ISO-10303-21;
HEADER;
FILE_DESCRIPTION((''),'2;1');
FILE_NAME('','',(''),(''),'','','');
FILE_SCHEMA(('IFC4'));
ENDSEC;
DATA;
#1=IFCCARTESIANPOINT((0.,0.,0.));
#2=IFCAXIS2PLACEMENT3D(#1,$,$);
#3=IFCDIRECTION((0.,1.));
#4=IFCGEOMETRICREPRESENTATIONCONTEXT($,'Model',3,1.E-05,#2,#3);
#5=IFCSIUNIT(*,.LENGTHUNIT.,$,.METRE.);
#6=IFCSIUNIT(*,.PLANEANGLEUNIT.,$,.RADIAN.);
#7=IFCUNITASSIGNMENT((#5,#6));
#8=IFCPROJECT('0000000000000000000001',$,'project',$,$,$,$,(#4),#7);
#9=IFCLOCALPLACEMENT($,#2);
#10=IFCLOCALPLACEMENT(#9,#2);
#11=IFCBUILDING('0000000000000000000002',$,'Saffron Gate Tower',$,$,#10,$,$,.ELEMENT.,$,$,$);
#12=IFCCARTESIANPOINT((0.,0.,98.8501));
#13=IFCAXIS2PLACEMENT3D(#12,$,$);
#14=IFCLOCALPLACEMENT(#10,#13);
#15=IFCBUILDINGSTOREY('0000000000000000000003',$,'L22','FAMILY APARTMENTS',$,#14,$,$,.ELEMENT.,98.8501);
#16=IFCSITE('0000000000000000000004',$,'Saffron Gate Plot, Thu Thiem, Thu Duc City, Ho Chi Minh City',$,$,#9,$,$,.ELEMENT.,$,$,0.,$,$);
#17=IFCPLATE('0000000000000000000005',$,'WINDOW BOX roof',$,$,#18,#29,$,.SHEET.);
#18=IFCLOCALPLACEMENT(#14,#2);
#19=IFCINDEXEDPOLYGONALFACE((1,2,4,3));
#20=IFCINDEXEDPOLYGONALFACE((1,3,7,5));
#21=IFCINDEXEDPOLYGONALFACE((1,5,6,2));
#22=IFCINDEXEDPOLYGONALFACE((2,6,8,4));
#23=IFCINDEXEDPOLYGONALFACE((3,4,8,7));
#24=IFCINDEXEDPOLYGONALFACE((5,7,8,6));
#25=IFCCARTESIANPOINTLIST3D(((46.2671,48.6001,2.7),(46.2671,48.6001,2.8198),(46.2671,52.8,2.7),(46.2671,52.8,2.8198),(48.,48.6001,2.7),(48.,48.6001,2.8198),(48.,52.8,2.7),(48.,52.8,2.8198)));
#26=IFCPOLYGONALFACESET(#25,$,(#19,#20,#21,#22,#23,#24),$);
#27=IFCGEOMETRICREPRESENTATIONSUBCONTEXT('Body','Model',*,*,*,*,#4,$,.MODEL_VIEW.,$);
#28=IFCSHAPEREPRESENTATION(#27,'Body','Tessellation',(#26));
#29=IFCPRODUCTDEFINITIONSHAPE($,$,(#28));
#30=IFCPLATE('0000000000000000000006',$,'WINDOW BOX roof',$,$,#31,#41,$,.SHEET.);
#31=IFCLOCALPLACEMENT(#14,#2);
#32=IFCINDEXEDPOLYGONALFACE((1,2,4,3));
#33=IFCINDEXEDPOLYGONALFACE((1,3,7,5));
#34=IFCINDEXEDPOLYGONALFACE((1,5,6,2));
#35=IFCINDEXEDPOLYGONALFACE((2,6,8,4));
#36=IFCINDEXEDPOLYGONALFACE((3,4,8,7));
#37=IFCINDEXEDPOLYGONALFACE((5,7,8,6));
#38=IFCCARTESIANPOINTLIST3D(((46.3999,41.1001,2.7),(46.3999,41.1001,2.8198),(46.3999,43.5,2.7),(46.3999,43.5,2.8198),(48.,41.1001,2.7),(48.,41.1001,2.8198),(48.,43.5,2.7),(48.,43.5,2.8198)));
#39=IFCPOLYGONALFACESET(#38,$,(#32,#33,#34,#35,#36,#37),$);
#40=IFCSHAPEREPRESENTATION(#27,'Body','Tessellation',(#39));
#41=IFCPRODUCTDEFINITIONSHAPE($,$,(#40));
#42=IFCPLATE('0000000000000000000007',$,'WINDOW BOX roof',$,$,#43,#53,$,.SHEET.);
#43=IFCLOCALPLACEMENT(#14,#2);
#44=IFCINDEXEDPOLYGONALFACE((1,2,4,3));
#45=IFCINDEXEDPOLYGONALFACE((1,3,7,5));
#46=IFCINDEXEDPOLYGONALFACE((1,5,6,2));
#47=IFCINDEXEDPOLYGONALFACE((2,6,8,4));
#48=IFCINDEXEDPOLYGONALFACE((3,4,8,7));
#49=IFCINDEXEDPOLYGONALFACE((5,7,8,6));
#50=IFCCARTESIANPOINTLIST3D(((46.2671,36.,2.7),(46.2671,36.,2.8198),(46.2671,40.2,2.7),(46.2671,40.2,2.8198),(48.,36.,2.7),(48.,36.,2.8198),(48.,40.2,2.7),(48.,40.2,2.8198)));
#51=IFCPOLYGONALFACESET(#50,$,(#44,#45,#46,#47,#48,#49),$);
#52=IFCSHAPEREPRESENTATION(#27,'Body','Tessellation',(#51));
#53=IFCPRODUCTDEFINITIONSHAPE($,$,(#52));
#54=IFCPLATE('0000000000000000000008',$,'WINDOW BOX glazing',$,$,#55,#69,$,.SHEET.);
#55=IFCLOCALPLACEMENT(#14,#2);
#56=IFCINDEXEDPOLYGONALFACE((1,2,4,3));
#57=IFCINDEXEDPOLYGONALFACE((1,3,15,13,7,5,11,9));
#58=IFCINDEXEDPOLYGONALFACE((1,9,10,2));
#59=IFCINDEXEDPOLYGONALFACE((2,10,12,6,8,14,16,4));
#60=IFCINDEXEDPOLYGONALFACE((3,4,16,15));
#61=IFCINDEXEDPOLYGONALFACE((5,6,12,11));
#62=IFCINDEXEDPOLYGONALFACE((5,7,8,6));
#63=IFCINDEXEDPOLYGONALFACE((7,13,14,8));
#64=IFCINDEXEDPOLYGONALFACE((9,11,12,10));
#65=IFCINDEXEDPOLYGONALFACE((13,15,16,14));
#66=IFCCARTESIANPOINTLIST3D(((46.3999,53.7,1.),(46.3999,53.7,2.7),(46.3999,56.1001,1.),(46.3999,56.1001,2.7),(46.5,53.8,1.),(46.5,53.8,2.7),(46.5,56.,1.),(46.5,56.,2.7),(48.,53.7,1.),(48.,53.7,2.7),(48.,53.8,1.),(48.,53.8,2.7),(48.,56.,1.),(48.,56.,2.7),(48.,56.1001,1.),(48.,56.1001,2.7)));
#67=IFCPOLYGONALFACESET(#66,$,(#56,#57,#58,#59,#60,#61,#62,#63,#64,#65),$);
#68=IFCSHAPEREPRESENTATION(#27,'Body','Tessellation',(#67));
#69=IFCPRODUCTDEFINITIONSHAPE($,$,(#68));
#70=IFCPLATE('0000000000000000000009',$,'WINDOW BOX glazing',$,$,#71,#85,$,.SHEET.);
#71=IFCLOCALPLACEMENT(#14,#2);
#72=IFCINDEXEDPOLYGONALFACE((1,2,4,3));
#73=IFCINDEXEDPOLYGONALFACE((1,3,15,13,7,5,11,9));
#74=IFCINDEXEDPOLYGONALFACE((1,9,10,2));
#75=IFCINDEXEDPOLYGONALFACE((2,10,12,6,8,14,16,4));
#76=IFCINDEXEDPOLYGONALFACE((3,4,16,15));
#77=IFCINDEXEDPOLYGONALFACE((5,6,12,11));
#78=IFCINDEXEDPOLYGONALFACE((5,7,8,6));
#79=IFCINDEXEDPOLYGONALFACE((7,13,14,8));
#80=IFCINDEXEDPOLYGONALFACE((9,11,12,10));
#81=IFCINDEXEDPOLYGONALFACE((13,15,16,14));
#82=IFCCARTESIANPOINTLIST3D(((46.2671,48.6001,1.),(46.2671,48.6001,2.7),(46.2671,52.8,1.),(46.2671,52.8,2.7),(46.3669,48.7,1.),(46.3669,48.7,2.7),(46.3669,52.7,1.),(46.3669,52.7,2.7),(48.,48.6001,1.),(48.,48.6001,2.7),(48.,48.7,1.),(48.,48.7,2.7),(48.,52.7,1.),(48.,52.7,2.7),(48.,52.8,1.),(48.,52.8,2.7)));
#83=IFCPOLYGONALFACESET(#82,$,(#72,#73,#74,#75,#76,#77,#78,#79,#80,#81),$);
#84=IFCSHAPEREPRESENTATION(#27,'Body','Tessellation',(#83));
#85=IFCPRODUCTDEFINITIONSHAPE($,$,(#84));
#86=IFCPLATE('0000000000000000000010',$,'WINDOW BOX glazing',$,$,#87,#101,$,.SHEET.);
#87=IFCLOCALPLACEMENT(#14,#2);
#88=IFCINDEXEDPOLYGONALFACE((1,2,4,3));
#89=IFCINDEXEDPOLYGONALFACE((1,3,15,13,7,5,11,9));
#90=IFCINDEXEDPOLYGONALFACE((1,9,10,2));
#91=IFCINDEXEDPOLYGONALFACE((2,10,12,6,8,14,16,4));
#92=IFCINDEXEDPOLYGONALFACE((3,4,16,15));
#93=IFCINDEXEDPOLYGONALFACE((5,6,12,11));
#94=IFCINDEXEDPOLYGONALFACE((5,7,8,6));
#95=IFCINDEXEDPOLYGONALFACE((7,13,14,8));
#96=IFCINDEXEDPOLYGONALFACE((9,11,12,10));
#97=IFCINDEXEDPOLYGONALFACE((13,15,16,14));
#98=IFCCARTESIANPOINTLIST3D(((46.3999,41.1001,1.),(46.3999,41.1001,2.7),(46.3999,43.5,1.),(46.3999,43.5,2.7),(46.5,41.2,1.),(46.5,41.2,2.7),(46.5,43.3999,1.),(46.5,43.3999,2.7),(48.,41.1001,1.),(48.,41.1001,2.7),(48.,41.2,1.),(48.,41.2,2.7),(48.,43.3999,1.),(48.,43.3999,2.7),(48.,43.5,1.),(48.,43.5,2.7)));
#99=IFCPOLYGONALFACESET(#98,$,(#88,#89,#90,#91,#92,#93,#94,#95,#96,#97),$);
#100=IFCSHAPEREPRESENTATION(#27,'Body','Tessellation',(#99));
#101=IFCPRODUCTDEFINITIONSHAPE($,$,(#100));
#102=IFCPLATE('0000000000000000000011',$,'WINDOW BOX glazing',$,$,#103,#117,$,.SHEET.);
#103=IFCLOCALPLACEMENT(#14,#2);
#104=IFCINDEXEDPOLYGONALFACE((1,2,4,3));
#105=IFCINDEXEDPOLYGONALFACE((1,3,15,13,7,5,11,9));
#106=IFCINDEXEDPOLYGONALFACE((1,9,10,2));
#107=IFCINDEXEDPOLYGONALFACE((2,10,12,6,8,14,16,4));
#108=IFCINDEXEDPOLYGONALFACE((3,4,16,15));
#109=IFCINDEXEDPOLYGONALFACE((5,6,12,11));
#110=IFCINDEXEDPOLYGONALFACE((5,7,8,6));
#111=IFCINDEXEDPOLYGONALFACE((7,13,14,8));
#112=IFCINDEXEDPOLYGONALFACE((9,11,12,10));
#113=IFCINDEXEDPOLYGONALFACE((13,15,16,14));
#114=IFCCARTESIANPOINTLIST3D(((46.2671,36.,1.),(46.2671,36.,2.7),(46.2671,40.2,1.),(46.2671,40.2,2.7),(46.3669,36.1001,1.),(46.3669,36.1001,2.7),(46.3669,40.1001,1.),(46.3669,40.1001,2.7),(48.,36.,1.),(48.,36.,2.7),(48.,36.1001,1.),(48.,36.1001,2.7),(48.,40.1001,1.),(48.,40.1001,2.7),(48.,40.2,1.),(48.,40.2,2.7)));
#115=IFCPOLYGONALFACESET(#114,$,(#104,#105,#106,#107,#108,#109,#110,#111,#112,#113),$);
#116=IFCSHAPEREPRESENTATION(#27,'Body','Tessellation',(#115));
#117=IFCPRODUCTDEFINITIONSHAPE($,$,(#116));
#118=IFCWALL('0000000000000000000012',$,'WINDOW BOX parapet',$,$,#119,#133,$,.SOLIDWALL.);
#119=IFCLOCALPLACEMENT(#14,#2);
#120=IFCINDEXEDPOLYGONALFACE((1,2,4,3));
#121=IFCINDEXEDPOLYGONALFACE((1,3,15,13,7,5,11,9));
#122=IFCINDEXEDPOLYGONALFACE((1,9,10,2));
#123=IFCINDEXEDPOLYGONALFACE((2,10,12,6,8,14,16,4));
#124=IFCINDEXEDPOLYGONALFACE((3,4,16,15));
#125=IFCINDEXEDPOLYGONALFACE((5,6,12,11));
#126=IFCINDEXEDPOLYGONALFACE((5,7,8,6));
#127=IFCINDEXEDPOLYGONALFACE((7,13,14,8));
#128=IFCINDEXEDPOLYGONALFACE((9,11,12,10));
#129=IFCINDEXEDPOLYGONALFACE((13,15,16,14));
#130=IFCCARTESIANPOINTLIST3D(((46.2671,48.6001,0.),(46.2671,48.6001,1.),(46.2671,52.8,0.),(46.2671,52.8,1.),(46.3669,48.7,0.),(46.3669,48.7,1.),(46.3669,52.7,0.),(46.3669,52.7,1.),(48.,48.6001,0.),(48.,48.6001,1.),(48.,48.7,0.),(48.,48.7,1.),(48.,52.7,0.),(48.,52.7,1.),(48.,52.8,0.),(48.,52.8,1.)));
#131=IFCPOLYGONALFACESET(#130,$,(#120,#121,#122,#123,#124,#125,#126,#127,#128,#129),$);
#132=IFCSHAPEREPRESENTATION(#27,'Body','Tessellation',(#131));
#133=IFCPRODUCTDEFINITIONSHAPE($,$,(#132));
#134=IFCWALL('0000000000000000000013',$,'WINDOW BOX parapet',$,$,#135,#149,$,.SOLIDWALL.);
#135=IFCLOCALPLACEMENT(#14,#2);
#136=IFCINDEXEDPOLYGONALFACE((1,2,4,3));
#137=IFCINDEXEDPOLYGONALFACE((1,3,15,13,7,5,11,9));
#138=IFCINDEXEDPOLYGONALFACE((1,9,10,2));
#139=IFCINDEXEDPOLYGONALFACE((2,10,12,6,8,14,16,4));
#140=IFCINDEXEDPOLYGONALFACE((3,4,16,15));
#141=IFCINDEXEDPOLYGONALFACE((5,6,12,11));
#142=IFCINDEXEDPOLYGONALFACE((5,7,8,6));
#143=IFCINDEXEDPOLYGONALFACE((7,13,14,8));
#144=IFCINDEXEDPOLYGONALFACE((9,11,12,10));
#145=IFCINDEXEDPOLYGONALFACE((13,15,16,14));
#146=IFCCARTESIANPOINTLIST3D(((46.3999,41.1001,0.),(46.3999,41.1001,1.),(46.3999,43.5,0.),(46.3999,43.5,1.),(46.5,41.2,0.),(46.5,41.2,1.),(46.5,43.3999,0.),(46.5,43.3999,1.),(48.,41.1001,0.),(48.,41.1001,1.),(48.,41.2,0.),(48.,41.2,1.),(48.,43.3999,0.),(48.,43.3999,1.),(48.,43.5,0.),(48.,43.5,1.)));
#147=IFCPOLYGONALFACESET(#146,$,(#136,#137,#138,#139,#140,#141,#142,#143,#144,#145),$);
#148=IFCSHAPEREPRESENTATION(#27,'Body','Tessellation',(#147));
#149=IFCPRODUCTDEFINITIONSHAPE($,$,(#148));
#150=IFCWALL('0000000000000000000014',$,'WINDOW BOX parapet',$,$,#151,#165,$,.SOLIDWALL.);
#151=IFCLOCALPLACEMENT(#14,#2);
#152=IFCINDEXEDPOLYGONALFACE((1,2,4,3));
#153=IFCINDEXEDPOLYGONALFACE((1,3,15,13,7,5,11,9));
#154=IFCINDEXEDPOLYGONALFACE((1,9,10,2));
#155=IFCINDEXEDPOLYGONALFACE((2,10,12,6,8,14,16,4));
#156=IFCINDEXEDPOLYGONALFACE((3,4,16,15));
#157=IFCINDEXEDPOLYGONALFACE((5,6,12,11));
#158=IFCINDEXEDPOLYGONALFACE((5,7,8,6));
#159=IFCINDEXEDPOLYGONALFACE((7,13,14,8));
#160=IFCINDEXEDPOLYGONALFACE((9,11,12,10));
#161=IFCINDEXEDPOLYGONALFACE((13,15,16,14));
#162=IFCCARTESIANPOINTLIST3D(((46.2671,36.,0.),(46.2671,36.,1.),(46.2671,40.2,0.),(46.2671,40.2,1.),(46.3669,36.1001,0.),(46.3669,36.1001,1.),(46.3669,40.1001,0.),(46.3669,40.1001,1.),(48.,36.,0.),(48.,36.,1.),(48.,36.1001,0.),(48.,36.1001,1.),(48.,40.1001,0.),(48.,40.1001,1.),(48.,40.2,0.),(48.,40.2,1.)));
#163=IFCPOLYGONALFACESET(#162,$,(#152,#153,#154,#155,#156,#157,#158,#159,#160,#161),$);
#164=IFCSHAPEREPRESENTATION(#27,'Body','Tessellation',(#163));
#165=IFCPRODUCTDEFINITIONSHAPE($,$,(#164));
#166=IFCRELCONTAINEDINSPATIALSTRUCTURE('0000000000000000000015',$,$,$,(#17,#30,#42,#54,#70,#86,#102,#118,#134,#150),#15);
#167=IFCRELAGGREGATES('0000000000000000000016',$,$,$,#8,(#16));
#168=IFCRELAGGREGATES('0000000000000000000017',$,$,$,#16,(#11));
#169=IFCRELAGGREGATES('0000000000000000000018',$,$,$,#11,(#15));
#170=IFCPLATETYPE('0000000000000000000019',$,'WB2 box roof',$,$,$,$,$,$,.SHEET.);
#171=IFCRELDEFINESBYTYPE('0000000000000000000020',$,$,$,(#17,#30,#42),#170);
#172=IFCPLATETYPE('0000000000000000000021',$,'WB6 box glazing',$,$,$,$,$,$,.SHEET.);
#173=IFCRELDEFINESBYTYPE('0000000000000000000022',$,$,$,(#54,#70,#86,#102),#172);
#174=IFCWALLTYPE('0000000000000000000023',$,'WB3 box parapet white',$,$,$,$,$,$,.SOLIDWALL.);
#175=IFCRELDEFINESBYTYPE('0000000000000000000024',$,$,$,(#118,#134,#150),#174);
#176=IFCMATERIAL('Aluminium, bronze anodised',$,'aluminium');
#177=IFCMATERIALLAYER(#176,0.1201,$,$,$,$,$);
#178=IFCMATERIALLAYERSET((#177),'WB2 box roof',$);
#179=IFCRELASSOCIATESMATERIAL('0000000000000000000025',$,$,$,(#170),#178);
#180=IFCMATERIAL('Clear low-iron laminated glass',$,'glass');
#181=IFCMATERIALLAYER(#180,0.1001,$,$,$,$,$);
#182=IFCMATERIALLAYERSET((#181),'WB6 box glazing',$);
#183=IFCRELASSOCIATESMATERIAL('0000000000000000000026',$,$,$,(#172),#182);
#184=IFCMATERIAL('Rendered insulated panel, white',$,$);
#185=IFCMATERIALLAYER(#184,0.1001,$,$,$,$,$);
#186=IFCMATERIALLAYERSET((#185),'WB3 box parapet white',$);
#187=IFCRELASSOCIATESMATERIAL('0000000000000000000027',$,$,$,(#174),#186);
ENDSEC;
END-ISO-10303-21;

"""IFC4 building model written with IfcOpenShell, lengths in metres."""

from ifc_helpers import new_model, si_unit, direction, frame, origin, place, context, subcontext, project, spatial, polyline, outline, extrude, material, layer, layer_set, type_object, element, save


model = new_model("IFC4")

# Units and contexts
model_context = context("Model", 3, precision=1e-05, world=origin(), true_north=direction((0.0, 1.0)))
body_context = subcontext(model_context, "Body", "Model", "MODEL_VIEW")
ifc_project = project(units=[si_unit("LENGTHUNIT", "METRE"), si_unit("PLANEANGLEUNIT", "RADIAN")], contexts=[model_context])

# Site, building, storey
site_placement = place(None, origin())
site = spatial("IfcSite", under=ifc_project, at=site_placement, Name="Saffron Gate Plot, Thu Thiem, Thu Duc City, Ho Chi Minh City", CompositionType="ELEMENT", RefElevation=0.0)
building_placement = place(site_placement, origin())
building = spatial("IfcBuilding", under=site, at=building_placement, Name="Saffron Gate Tower", CompositionType="ELEMENT")
storey_placement = place(building_placement, frame((0.0, 0.0, 98.8501)))
storey = spatial("IfcBuildingStorey", under=building, at=storey_placement, Name="L22", Description="FAMILY APARTMENTS", CompositionType="ELEMENT", Elevation=98.8501)

# Shared definitions
ifc_material_1 = material(Name="Aluminium, bronze anodised", Category="aluminium")

# Plates
ifc_layer_1 = layer(ifc_material_1, 0.1201)
ifc_layer_set_1 = layer_set([ifc_layer_1], Name="WB2 box roof")
plate_type_1 = type_object("IfcPlateType", Name="WB2 box roof", PredefinedType="SHEET", material=ifc_layer_set_1)
plate_1_placement = place(storey_placement, frame((0.0, 0.0, 2.7)))
element("IfcPlate", 1, at=plate_1_placement, inside=storey, type_object=plate_type_1, Name="WINDOW BOX roof", PredefinedType="SHEET", context=body_context, shape_type="SweptSolid", body=[
    extrude(outline(polyline([(48.0, 52.8), (48.0, 48.6001), (46.2671, 48.6001), (46.2671, 52.8), (48.0, 52.8)])), origin(), (0.0, 0.0, 1.0), 0.1199),
])
plate_2_placement = place(storey_placement, frame((0.0, 0.0, 2.7)))
element("IfcPlate", 2, at=plate_2_placement, inside=storey, type_object=plate_type_1, Name="WINDOW BOX roof", PredefinedType="SHEET", context=body_context, shape_type="SweptSolid", body=[
    extrude(outline(polyline([(48.0, 43.5), (48.0, 41.1001), (46.3999, 41.1001), (46.3999, 43.5), (48.0, 43.5)])), origin(), (0.0, 0.0, 1.0), 0.1199),
])
plate_3_placement = place(storey_placement, frame((0.0, 0.0, 2.7)))
element("IfcPlate", 3, at=plate_3_placement, inside=storey, type_object=plate_type_1, Name="WINDOW BOX roof", PredefinedType="SHEET", context=body_context, shape_type="SweptSolid", body=[
    extrude(outline(polyline([(48.0, 40.2), (48.0, 36.0), (46.2671, 36.0), (46.2671, 40.2), (48.0, 40.2)])), origin(), (0.0, 0.0, 1.0), 0.1199),
])
ifc_material_2 = material(Name="Clear low-iron laminated glass", Category="glass")
ifc_layer_2 = layer(ifc_material_2, 0.1001)
ifc_layer_set_2 = layer_set([ifc_layer_2], Name="WB6 box glazing")
plate_type_2 = type_object("IfcPlateType", Name="WB6 box glazing", PredefinedType="SHEET", material=ifc_layer_set_2)
plate_4_placement = place(storey_placement, frame((0.0, 0.0, 1.0)))
element("IfcPlate", 4, at=plate_4_placement, inside=storey, type_object=plate_type_2, Name="WINDOW BOX glazing", PredefinedType="SHEET", context=body_context, shape_type="SweptSolid", body=[
    extrude(outline(polyline([(48.0, 56.1001), (48.0, 56.0), (46.5, 56.0), (46.5, 53.8), (48.0, 53.8), (48.0, 53.7), (46.3999, 53.7), (46.3999, 56.1001), (48.0, 56.1001)])), origin(), (0.0, 0.0, 1.0), 1.7),
])
plate_5_placement = place(storey_placement, frame((0.0, 0.0, 1.0)))
element("IfcPlate", 5, at=plate_5_placement, inside=storey, type_object=plate_type_2, Name="WINDOW BOX glazing", PredefinedType="SHEET", context=body_context, shape_type="SweptSolid", body=[
    extrude(outline(polyline([(48.0, 52.8), (48.0, 52.7), (46.3669, 52.7), (46.3669, 48.7), (48.0, 48.7), (48.0, 48.6001), (46.2671, 48.6001), (46.2671, 52.8), (48.0, 52.8)])), origin(), (0.0, 0.0, 1.0), 1.7),
])
plate_6_placement = place(storey_placement, frame((0.0, 0.0, 1.0)))
element("IfcPlate", 6, at=plate_6_placement, inside=storey, type_object=plate_type_2, Name="WINDOW BOX glazing", PredefinedType="SHEET", context=body_context, shape_type="SweptSolid", body=[
    extrude(outline(polyline([(48.0, 43.5), (48.0, 43.3999), (46.5, 43.3999), (46.5, 41.2), (48.0, 41.2), (48.0, 41.1001), (46.3999, 41.1001), (46.3999, 43.5), (48.0, 43.5)])), origin(), (0.0, 0.0, 1.0), 1.7),
])
plate_7_placement = place(storey_placement, frame((0.0, 0.0, 1.0)))
element("IfcPlate", 7, at=plate_7_placement, inside=storey, type_object=plate_type_2, Name="WINDOW BOX glazing", PredefinedType="SHEET", context=body_context, shape_type="SweptSolid", body=[
    extrude(outline(polyline([(48.0, 40.2), (48.0, 40.1001), (46.3669, 40.1001), (46.3669, 36.1001), (48.0, 36.1001), (48.0, 36.0), (46.2671, 36.0), (46.2671, 40.2), (48.0, 40.2)])), origin(), (0.0, 0.0, 1.0), 1.7),
])

# Walls
ifc_material_3 = material(Name="Rendered insulated panel, white")
ifc_layer_3 = layer(ifc_material_3, 0.1001)
ifc_layer_set_3 = layer_set([ifc_layer_3], Name="WB3 box parapet white")
wall_type = type_object("IfcWallType", Name="WB3 box parapet white", PredefinedType="SOLIDWALL", material=ifc_layer_set_3)
wall_1_placement = place(storey_placement, origin())
element("IfcWall", 8, at=wall_1_placement, inside=storey, type_object=wall_type, Name="WINDOW BOX parapet", PredefinedType="SOLIDWALL", context=body_context, shape_type="SweptSolid", body=[
    extrude(outline(polyline([(48.0, 52.8), (48.0, 52.7), (46.3669, 52.7), (46.3669, 48.7), (48.0, 48.7), (48.0, 48.6001), (46.2671, 48.6001), (46.2671, 52.8), (48.0, 52.8)])), origin(), (0.0, 0.0, 1.0), 1.0),
])
wall_2_placement = place(storey_placement, origin())
element("IfcWall", 9, at=wall_2_placement, inside=storey, type_object=wall_type, Name="WINDOW BOX parapet", PredefinedType="SOLIDWALL", context=body_context, shape_type="SweptSolid", body=[
    extrude(outline(polyline([(48.0, 43.5), (48.0, 43.3999), (46.5, 43.3999), (46.5, 41.2), (48.0, 41.2), (48.0, 41.1001), (46.3999, 41.1001), (46.3999, 43.5), (48.0, 43.5)])), origin(), (0.0, 0.0, 1.0), 1.0),
])
wall_3_placement = place(storey_placement, origin())
element("IfcWall", 10, at=wall_3_placement, inside=storey, type_object=wall_type, Name="WINDOW BOX parapet", PredefinedType="SOLIDWALL", context=body_context, shape_type="SweptSolid", body=[
    extrude(outline(polyline([(48.0, 40.2), (48.0, 40.1001), (46.3669, 40.1001), (46.3669, 36.1001), (48.0, 36.1001), (48.0, 36.0), (46.2671, 36.0), (46.2671, 40.2), (48.0, 40.2)])), origin(), (0.0, 0.0, 1.0), 1.0),
])

save(model, "model.ifc")
